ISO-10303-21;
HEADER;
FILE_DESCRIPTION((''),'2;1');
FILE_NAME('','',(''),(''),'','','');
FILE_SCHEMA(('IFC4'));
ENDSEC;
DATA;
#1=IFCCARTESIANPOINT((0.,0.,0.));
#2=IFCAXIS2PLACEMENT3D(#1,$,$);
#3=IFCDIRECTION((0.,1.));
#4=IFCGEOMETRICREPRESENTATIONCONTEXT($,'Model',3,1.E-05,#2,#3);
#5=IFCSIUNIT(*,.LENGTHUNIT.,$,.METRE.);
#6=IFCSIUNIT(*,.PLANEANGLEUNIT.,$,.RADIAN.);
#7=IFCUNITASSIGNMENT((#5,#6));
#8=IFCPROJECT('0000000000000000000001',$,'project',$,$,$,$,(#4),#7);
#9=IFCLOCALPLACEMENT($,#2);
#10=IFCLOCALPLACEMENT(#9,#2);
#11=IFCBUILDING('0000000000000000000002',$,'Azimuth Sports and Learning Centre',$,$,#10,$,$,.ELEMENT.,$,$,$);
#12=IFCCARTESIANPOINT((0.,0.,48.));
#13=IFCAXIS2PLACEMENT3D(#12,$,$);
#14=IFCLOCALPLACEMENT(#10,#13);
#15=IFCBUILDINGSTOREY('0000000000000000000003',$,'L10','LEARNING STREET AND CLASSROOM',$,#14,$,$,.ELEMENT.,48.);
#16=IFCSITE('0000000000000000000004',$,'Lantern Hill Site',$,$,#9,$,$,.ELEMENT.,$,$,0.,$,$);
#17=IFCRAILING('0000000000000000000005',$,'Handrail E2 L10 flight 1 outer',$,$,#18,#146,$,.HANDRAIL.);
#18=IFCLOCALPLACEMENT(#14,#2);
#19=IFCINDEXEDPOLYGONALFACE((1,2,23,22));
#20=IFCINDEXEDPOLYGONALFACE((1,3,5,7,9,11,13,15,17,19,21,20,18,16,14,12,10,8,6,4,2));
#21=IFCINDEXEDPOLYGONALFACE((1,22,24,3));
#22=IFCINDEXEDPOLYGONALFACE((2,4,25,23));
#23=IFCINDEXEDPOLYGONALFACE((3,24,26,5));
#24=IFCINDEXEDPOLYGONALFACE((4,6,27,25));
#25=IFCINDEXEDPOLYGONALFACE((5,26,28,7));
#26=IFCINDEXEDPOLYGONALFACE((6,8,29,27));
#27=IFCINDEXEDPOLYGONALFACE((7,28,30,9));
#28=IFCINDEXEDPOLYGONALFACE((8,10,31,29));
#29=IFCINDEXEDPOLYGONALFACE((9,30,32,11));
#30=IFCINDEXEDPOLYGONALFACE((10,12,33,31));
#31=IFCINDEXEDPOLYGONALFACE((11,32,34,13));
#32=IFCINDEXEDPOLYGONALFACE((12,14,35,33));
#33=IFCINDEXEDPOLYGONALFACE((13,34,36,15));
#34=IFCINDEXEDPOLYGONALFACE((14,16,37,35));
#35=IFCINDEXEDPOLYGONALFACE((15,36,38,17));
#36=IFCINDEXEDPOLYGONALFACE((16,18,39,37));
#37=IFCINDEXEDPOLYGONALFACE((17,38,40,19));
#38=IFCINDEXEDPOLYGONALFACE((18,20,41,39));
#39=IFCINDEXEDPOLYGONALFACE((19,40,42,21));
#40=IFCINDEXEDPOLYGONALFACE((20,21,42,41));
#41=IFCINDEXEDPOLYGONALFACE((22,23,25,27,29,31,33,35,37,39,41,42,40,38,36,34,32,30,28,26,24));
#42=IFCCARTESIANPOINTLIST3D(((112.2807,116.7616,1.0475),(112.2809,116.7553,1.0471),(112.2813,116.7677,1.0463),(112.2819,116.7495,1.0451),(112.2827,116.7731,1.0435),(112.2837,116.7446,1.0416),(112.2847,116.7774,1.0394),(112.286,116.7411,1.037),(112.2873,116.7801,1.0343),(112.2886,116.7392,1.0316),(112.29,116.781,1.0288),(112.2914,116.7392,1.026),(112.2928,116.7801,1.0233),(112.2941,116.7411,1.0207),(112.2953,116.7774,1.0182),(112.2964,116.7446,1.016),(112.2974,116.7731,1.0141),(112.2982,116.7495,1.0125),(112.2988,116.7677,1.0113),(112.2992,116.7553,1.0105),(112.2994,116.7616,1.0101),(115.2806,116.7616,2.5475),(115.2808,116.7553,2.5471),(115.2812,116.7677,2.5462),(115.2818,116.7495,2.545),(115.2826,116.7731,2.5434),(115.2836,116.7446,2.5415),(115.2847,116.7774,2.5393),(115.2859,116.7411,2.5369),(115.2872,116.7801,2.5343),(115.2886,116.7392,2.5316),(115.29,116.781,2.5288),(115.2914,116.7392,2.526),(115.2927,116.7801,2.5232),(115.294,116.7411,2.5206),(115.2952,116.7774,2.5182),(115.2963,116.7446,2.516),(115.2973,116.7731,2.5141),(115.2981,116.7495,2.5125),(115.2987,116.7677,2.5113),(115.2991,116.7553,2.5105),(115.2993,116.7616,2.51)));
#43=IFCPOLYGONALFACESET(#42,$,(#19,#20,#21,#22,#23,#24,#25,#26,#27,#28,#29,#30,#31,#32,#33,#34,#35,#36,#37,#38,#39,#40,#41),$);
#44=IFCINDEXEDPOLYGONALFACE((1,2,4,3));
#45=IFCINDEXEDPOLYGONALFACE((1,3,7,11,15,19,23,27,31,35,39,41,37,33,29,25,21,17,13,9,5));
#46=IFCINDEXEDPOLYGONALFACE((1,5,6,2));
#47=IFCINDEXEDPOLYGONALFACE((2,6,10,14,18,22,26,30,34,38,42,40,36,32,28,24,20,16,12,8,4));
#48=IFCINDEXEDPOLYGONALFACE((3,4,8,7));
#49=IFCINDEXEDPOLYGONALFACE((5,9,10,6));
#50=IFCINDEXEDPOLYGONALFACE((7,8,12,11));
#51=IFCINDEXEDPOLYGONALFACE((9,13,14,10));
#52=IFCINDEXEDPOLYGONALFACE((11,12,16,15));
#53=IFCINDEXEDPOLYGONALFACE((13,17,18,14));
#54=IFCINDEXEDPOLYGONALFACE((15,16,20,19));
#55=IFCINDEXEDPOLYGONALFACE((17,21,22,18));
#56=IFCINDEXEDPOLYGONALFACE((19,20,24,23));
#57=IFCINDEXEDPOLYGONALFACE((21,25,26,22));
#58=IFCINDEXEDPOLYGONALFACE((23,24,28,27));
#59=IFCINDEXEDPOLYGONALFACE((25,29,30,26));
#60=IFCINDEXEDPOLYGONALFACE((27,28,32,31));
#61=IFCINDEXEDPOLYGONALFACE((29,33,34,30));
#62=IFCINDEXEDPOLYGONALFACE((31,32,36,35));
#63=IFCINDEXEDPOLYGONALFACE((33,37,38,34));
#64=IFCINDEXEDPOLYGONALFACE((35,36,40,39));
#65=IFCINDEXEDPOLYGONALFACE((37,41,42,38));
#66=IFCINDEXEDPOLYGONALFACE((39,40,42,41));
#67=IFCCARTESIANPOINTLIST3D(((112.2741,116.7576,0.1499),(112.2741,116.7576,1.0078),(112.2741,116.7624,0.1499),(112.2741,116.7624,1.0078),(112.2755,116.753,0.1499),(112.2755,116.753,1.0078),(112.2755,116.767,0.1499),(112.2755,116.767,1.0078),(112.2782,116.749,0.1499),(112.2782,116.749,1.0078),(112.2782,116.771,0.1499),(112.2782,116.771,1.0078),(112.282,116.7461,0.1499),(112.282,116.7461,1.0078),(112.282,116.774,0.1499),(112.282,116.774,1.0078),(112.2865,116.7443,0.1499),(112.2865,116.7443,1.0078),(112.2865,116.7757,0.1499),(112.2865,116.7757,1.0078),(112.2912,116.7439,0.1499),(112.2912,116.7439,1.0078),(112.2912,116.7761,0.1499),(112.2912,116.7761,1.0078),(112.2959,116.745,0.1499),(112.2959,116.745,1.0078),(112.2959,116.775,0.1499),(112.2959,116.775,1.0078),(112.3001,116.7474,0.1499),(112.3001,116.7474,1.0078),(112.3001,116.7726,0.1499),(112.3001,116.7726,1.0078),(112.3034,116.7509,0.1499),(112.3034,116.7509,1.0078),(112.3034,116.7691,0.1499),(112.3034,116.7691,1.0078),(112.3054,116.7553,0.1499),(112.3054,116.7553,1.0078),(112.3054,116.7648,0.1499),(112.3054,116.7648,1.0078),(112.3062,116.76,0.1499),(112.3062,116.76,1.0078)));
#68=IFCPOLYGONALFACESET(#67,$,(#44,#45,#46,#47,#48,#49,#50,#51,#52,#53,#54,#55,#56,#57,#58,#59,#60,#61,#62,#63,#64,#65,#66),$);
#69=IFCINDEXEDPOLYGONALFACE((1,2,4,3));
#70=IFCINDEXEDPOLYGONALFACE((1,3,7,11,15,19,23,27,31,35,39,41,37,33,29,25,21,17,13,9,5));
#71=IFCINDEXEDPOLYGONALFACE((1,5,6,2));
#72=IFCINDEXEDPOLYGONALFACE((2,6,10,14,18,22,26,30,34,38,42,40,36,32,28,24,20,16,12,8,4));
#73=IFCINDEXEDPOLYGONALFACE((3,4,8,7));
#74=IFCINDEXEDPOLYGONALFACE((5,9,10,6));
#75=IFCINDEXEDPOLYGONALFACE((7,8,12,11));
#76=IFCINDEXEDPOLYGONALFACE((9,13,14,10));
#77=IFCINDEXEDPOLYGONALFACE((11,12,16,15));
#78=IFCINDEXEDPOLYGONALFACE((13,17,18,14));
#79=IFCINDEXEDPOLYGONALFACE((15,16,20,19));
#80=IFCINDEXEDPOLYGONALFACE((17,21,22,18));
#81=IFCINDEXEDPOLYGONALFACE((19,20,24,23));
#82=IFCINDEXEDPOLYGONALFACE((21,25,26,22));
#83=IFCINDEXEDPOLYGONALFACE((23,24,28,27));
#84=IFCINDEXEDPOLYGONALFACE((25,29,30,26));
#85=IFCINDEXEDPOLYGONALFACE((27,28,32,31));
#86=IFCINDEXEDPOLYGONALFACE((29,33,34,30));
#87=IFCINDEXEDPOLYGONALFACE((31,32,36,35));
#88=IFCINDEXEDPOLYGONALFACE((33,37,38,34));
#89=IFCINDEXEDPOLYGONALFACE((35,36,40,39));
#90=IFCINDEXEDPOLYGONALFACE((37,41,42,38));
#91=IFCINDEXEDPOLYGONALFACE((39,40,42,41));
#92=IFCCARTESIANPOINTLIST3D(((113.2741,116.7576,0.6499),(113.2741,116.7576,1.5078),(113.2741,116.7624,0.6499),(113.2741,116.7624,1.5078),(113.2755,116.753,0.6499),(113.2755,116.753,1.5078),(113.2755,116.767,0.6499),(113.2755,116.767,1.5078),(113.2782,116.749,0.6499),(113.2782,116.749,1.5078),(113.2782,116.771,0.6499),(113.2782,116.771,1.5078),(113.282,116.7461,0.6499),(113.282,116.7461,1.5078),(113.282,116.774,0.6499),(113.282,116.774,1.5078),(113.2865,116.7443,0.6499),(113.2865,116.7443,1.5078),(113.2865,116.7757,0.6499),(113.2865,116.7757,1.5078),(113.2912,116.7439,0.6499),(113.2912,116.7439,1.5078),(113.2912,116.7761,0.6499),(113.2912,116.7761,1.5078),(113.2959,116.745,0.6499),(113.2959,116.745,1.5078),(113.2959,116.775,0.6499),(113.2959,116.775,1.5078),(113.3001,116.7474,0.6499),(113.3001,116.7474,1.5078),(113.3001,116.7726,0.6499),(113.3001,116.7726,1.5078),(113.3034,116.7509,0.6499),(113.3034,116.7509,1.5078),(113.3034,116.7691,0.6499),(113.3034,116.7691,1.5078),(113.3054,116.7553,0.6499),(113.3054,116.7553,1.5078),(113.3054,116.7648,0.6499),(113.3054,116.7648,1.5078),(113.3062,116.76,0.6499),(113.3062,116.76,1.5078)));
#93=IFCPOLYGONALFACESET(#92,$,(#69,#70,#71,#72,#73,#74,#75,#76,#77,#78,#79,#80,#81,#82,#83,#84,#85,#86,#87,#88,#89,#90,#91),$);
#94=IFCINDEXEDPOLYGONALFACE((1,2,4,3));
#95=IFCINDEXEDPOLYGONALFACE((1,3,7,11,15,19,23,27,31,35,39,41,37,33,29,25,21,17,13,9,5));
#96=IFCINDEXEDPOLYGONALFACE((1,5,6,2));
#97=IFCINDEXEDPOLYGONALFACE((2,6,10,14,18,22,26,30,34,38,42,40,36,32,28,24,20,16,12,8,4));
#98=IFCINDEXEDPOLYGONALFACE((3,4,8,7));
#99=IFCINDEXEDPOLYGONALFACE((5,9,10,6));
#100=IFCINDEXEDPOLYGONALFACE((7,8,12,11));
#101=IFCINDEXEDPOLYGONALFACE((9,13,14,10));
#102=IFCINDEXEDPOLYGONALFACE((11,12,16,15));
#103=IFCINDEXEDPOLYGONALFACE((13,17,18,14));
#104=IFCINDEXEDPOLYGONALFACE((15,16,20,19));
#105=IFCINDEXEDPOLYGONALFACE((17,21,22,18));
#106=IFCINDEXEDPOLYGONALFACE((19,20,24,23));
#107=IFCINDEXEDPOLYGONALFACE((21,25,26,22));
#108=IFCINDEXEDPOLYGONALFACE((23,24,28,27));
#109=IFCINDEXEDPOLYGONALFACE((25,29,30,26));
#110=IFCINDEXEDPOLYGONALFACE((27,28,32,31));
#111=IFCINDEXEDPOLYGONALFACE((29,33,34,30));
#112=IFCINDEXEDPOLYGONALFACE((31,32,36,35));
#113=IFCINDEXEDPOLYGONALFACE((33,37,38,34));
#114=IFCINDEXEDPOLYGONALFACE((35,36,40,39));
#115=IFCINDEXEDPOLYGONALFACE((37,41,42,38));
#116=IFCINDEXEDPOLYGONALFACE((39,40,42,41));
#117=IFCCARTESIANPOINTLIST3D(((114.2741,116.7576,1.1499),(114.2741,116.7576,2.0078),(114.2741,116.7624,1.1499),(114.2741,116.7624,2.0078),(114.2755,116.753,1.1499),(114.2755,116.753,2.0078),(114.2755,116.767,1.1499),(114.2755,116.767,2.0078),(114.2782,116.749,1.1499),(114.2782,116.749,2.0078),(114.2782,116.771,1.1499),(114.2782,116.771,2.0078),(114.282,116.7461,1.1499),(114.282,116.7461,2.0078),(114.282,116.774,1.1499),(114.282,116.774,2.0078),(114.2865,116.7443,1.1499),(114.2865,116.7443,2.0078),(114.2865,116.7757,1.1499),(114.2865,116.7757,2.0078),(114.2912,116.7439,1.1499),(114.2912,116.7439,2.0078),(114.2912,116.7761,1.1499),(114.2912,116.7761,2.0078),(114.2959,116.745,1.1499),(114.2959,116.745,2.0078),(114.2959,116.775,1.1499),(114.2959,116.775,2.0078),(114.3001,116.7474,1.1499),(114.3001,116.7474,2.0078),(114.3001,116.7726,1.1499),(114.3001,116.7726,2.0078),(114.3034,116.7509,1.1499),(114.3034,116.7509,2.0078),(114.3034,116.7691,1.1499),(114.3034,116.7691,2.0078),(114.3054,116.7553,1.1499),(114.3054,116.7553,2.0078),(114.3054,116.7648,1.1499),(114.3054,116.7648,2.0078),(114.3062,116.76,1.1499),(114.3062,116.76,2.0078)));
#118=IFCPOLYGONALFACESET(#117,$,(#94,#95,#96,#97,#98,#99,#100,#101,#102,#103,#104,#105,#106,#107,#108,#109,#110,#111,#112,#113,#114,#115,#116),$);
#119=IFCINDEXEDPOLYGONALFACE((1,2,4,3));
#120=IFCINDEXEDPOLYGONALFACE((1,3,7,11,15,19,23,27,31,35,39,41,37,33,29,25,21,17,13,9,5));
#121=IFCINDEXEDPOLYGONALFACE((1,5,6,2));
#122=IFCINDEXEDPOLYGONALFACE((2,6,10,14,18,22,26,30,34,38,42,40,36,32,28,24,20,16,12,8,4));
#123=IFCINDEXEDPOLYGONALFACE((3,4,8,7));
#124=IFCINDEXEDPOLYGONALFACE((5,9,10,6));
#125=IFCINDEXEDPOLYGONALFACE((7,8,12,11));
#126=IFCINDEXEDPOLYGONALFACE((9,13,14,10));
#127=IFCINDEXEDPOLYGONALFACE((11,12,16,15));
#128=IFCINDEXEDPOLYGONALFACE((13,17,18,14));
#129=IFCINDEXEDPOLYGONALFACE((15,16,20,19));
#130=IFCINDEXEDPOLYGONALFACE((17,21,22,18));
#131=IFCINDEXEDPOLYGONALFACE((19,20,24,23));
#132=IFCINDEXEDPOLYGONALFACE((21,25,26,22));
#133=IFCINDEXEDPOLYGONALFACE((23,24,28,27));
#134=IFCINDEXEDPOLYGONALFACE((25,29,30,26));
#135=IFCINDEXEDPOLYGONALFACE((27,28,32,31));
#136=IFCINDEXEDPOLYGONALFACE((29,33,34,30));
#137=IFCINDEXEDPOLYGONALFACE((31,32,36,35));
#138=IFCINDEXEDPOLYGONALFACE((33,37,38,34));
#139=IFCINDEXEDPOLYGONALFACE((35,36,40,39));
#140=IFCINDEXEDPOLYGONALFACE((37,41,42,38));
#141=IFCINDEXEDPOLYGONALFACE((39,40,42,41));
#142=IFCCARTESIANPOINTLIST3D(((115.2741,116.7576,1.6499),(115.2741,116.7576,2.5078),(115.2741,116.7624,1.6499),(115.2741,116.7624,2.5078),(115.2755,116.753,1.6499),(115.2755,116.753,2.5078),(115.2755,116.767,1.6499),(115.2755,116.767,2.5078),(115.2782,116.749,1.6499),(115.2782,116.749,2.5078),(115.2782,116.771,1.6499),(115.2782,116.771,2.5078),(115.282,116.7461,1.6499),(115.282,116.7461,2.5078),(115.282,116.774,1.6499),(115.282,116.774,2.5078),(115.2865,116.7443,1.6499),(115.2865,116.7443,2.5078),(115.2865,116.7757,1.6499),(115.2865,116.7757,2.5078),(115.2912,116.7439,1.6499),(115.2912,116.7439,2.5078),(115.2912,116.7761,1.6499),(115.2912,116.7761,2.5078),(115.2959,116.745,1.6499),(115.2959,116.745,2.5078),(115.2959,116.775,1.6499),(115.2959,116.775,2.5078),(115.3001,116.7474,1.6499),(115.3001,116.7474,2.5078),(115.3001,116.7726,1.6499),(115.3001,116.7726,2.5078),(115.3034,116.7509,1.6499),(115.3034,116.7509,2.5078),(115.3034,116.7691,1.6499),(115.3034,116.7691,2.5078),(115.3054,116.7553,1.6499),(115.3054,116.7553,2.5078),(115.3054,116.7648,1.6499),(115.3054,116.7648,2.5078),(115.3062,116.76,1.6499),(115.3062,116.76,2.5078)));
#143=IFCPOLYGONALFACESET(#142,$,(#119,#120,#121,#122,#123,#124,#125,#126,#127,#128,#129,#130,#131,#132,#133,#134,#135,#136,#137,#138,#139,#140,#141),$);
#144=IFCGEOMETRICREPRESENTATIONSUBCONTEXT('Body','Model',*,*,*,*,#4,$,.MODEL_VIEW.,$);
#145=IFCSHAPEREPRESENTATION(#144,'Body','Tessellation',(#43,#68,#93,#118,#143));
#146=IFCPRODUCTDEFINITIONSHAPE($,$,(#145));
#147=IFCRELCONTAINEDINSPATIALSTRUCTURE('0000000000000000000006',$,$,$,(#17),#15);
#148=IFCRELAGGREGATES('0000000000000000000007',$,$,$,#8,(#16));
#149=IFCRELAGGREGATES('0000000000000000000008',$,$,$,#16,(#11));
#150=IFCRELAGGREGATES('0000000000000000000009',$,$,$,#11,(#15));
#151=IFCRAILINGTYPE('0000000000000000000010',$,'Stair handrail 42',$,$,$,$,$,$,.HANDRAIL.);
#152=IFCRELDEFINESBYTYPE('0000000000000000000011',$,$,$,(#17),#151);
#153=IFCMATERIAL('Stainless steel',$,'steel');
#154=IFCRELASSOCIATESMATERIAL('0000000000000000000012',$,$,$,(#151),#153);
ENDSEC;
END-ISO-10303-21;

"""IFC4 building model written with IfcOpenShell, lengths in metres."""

from ifc_helpers import new_model, si_unit, direction, frame, origin, origin_2d, place, context, subcontext, project, spatial, circle, extrude, material, type_object, element, save


model = new_model("IFC4")

# Units and contexts
model_context = context("Model", 3, precision=1e-05, world=origin(), true_north=direction((0.0, 1.0)))
body_context = subcontext(model_context, "Body", "Model", "MODEL_VIEW")
ifc_project = project(units=[si_unit("LENGTHUNIT", "METRE"), si_unit("PLANEANGLEUNIT", "RADIAN")], contexts=[model_context])

# Site, building, storey
site_placement = place(None, origin())
site = spatial("IfcSite", under=ifc_project, at=site_placement, Name="Lantern Hill Site", CompositionType="ELEMENT", RefElevation=0.0)
building_placement = place(site_placement, origin())
building = spatial("IfcBuilding", under=site, at=building_placement, Name="Azimuth Sports and Learning Centre", CompositionType="ELEMENT")
storey_placement = place(building_placement, frame((0.0, 0.0, 48.0)))
storey = spatial("IfcBuildingStorey", under=building, at=storey_placement, Name="L10", Description="LEARNING STREET AND CLASSROOM", CompositionType="ELEMENT", Elevation=48.0)

# Railing
ifc_material_1 = material(Name="Stainless steel", Category="steel")
railing_type_1 = type_object("IfcRailingType", Name="Stair handrail 42", PredefinedType="HANDRAIL", material=ifc_material_1)
for number, where, name in (
    (1, (112.29, 116.76, 0.1499), "Handrail E2 L10 flight 1 outer"),
):
    element("IfcRailing", number, at=place(storey_placement, frame(where)), inside=storey, type_object=railing_type_1, Name=name, PredefinedType="HANDRAIL", context=body_context, shape_type="SweptSolid", body=[
        extrude(circle(Radius=0.021, at=origin_2d()), frame((0.0, 0.0, 0.8789), z_axis=(0.894427, 0.0, 0.447214), x_axis=(0.0, 1.0, 0.0)), (0.0, 0.0, 1.0), 3.354),
        extrude(circle(Radius=0.0161, at=origin_2d()), origin(), (0.0, 0.0, 1.0), 0.8579),
        extrude(circle(Radius=0.0161, at=origin_2d()), frame((1.0, 0.0, 0.5)), (0.0, 0.0, 1.0), 0.8579),
        extrude(circle(Radius=0.0161, at=origin_2d()), frame((2.0, 0.0, 1.0)), (0.0, 0.0, 1.0), 0.8579),
        extrude(circle(Radius=0.0161, at=origin_2d()), frame((3.0, 0.0, 1.5)), (0.0, 0.0, 1.0), 0.8579),
    ])

save(model, "model.ifc")
